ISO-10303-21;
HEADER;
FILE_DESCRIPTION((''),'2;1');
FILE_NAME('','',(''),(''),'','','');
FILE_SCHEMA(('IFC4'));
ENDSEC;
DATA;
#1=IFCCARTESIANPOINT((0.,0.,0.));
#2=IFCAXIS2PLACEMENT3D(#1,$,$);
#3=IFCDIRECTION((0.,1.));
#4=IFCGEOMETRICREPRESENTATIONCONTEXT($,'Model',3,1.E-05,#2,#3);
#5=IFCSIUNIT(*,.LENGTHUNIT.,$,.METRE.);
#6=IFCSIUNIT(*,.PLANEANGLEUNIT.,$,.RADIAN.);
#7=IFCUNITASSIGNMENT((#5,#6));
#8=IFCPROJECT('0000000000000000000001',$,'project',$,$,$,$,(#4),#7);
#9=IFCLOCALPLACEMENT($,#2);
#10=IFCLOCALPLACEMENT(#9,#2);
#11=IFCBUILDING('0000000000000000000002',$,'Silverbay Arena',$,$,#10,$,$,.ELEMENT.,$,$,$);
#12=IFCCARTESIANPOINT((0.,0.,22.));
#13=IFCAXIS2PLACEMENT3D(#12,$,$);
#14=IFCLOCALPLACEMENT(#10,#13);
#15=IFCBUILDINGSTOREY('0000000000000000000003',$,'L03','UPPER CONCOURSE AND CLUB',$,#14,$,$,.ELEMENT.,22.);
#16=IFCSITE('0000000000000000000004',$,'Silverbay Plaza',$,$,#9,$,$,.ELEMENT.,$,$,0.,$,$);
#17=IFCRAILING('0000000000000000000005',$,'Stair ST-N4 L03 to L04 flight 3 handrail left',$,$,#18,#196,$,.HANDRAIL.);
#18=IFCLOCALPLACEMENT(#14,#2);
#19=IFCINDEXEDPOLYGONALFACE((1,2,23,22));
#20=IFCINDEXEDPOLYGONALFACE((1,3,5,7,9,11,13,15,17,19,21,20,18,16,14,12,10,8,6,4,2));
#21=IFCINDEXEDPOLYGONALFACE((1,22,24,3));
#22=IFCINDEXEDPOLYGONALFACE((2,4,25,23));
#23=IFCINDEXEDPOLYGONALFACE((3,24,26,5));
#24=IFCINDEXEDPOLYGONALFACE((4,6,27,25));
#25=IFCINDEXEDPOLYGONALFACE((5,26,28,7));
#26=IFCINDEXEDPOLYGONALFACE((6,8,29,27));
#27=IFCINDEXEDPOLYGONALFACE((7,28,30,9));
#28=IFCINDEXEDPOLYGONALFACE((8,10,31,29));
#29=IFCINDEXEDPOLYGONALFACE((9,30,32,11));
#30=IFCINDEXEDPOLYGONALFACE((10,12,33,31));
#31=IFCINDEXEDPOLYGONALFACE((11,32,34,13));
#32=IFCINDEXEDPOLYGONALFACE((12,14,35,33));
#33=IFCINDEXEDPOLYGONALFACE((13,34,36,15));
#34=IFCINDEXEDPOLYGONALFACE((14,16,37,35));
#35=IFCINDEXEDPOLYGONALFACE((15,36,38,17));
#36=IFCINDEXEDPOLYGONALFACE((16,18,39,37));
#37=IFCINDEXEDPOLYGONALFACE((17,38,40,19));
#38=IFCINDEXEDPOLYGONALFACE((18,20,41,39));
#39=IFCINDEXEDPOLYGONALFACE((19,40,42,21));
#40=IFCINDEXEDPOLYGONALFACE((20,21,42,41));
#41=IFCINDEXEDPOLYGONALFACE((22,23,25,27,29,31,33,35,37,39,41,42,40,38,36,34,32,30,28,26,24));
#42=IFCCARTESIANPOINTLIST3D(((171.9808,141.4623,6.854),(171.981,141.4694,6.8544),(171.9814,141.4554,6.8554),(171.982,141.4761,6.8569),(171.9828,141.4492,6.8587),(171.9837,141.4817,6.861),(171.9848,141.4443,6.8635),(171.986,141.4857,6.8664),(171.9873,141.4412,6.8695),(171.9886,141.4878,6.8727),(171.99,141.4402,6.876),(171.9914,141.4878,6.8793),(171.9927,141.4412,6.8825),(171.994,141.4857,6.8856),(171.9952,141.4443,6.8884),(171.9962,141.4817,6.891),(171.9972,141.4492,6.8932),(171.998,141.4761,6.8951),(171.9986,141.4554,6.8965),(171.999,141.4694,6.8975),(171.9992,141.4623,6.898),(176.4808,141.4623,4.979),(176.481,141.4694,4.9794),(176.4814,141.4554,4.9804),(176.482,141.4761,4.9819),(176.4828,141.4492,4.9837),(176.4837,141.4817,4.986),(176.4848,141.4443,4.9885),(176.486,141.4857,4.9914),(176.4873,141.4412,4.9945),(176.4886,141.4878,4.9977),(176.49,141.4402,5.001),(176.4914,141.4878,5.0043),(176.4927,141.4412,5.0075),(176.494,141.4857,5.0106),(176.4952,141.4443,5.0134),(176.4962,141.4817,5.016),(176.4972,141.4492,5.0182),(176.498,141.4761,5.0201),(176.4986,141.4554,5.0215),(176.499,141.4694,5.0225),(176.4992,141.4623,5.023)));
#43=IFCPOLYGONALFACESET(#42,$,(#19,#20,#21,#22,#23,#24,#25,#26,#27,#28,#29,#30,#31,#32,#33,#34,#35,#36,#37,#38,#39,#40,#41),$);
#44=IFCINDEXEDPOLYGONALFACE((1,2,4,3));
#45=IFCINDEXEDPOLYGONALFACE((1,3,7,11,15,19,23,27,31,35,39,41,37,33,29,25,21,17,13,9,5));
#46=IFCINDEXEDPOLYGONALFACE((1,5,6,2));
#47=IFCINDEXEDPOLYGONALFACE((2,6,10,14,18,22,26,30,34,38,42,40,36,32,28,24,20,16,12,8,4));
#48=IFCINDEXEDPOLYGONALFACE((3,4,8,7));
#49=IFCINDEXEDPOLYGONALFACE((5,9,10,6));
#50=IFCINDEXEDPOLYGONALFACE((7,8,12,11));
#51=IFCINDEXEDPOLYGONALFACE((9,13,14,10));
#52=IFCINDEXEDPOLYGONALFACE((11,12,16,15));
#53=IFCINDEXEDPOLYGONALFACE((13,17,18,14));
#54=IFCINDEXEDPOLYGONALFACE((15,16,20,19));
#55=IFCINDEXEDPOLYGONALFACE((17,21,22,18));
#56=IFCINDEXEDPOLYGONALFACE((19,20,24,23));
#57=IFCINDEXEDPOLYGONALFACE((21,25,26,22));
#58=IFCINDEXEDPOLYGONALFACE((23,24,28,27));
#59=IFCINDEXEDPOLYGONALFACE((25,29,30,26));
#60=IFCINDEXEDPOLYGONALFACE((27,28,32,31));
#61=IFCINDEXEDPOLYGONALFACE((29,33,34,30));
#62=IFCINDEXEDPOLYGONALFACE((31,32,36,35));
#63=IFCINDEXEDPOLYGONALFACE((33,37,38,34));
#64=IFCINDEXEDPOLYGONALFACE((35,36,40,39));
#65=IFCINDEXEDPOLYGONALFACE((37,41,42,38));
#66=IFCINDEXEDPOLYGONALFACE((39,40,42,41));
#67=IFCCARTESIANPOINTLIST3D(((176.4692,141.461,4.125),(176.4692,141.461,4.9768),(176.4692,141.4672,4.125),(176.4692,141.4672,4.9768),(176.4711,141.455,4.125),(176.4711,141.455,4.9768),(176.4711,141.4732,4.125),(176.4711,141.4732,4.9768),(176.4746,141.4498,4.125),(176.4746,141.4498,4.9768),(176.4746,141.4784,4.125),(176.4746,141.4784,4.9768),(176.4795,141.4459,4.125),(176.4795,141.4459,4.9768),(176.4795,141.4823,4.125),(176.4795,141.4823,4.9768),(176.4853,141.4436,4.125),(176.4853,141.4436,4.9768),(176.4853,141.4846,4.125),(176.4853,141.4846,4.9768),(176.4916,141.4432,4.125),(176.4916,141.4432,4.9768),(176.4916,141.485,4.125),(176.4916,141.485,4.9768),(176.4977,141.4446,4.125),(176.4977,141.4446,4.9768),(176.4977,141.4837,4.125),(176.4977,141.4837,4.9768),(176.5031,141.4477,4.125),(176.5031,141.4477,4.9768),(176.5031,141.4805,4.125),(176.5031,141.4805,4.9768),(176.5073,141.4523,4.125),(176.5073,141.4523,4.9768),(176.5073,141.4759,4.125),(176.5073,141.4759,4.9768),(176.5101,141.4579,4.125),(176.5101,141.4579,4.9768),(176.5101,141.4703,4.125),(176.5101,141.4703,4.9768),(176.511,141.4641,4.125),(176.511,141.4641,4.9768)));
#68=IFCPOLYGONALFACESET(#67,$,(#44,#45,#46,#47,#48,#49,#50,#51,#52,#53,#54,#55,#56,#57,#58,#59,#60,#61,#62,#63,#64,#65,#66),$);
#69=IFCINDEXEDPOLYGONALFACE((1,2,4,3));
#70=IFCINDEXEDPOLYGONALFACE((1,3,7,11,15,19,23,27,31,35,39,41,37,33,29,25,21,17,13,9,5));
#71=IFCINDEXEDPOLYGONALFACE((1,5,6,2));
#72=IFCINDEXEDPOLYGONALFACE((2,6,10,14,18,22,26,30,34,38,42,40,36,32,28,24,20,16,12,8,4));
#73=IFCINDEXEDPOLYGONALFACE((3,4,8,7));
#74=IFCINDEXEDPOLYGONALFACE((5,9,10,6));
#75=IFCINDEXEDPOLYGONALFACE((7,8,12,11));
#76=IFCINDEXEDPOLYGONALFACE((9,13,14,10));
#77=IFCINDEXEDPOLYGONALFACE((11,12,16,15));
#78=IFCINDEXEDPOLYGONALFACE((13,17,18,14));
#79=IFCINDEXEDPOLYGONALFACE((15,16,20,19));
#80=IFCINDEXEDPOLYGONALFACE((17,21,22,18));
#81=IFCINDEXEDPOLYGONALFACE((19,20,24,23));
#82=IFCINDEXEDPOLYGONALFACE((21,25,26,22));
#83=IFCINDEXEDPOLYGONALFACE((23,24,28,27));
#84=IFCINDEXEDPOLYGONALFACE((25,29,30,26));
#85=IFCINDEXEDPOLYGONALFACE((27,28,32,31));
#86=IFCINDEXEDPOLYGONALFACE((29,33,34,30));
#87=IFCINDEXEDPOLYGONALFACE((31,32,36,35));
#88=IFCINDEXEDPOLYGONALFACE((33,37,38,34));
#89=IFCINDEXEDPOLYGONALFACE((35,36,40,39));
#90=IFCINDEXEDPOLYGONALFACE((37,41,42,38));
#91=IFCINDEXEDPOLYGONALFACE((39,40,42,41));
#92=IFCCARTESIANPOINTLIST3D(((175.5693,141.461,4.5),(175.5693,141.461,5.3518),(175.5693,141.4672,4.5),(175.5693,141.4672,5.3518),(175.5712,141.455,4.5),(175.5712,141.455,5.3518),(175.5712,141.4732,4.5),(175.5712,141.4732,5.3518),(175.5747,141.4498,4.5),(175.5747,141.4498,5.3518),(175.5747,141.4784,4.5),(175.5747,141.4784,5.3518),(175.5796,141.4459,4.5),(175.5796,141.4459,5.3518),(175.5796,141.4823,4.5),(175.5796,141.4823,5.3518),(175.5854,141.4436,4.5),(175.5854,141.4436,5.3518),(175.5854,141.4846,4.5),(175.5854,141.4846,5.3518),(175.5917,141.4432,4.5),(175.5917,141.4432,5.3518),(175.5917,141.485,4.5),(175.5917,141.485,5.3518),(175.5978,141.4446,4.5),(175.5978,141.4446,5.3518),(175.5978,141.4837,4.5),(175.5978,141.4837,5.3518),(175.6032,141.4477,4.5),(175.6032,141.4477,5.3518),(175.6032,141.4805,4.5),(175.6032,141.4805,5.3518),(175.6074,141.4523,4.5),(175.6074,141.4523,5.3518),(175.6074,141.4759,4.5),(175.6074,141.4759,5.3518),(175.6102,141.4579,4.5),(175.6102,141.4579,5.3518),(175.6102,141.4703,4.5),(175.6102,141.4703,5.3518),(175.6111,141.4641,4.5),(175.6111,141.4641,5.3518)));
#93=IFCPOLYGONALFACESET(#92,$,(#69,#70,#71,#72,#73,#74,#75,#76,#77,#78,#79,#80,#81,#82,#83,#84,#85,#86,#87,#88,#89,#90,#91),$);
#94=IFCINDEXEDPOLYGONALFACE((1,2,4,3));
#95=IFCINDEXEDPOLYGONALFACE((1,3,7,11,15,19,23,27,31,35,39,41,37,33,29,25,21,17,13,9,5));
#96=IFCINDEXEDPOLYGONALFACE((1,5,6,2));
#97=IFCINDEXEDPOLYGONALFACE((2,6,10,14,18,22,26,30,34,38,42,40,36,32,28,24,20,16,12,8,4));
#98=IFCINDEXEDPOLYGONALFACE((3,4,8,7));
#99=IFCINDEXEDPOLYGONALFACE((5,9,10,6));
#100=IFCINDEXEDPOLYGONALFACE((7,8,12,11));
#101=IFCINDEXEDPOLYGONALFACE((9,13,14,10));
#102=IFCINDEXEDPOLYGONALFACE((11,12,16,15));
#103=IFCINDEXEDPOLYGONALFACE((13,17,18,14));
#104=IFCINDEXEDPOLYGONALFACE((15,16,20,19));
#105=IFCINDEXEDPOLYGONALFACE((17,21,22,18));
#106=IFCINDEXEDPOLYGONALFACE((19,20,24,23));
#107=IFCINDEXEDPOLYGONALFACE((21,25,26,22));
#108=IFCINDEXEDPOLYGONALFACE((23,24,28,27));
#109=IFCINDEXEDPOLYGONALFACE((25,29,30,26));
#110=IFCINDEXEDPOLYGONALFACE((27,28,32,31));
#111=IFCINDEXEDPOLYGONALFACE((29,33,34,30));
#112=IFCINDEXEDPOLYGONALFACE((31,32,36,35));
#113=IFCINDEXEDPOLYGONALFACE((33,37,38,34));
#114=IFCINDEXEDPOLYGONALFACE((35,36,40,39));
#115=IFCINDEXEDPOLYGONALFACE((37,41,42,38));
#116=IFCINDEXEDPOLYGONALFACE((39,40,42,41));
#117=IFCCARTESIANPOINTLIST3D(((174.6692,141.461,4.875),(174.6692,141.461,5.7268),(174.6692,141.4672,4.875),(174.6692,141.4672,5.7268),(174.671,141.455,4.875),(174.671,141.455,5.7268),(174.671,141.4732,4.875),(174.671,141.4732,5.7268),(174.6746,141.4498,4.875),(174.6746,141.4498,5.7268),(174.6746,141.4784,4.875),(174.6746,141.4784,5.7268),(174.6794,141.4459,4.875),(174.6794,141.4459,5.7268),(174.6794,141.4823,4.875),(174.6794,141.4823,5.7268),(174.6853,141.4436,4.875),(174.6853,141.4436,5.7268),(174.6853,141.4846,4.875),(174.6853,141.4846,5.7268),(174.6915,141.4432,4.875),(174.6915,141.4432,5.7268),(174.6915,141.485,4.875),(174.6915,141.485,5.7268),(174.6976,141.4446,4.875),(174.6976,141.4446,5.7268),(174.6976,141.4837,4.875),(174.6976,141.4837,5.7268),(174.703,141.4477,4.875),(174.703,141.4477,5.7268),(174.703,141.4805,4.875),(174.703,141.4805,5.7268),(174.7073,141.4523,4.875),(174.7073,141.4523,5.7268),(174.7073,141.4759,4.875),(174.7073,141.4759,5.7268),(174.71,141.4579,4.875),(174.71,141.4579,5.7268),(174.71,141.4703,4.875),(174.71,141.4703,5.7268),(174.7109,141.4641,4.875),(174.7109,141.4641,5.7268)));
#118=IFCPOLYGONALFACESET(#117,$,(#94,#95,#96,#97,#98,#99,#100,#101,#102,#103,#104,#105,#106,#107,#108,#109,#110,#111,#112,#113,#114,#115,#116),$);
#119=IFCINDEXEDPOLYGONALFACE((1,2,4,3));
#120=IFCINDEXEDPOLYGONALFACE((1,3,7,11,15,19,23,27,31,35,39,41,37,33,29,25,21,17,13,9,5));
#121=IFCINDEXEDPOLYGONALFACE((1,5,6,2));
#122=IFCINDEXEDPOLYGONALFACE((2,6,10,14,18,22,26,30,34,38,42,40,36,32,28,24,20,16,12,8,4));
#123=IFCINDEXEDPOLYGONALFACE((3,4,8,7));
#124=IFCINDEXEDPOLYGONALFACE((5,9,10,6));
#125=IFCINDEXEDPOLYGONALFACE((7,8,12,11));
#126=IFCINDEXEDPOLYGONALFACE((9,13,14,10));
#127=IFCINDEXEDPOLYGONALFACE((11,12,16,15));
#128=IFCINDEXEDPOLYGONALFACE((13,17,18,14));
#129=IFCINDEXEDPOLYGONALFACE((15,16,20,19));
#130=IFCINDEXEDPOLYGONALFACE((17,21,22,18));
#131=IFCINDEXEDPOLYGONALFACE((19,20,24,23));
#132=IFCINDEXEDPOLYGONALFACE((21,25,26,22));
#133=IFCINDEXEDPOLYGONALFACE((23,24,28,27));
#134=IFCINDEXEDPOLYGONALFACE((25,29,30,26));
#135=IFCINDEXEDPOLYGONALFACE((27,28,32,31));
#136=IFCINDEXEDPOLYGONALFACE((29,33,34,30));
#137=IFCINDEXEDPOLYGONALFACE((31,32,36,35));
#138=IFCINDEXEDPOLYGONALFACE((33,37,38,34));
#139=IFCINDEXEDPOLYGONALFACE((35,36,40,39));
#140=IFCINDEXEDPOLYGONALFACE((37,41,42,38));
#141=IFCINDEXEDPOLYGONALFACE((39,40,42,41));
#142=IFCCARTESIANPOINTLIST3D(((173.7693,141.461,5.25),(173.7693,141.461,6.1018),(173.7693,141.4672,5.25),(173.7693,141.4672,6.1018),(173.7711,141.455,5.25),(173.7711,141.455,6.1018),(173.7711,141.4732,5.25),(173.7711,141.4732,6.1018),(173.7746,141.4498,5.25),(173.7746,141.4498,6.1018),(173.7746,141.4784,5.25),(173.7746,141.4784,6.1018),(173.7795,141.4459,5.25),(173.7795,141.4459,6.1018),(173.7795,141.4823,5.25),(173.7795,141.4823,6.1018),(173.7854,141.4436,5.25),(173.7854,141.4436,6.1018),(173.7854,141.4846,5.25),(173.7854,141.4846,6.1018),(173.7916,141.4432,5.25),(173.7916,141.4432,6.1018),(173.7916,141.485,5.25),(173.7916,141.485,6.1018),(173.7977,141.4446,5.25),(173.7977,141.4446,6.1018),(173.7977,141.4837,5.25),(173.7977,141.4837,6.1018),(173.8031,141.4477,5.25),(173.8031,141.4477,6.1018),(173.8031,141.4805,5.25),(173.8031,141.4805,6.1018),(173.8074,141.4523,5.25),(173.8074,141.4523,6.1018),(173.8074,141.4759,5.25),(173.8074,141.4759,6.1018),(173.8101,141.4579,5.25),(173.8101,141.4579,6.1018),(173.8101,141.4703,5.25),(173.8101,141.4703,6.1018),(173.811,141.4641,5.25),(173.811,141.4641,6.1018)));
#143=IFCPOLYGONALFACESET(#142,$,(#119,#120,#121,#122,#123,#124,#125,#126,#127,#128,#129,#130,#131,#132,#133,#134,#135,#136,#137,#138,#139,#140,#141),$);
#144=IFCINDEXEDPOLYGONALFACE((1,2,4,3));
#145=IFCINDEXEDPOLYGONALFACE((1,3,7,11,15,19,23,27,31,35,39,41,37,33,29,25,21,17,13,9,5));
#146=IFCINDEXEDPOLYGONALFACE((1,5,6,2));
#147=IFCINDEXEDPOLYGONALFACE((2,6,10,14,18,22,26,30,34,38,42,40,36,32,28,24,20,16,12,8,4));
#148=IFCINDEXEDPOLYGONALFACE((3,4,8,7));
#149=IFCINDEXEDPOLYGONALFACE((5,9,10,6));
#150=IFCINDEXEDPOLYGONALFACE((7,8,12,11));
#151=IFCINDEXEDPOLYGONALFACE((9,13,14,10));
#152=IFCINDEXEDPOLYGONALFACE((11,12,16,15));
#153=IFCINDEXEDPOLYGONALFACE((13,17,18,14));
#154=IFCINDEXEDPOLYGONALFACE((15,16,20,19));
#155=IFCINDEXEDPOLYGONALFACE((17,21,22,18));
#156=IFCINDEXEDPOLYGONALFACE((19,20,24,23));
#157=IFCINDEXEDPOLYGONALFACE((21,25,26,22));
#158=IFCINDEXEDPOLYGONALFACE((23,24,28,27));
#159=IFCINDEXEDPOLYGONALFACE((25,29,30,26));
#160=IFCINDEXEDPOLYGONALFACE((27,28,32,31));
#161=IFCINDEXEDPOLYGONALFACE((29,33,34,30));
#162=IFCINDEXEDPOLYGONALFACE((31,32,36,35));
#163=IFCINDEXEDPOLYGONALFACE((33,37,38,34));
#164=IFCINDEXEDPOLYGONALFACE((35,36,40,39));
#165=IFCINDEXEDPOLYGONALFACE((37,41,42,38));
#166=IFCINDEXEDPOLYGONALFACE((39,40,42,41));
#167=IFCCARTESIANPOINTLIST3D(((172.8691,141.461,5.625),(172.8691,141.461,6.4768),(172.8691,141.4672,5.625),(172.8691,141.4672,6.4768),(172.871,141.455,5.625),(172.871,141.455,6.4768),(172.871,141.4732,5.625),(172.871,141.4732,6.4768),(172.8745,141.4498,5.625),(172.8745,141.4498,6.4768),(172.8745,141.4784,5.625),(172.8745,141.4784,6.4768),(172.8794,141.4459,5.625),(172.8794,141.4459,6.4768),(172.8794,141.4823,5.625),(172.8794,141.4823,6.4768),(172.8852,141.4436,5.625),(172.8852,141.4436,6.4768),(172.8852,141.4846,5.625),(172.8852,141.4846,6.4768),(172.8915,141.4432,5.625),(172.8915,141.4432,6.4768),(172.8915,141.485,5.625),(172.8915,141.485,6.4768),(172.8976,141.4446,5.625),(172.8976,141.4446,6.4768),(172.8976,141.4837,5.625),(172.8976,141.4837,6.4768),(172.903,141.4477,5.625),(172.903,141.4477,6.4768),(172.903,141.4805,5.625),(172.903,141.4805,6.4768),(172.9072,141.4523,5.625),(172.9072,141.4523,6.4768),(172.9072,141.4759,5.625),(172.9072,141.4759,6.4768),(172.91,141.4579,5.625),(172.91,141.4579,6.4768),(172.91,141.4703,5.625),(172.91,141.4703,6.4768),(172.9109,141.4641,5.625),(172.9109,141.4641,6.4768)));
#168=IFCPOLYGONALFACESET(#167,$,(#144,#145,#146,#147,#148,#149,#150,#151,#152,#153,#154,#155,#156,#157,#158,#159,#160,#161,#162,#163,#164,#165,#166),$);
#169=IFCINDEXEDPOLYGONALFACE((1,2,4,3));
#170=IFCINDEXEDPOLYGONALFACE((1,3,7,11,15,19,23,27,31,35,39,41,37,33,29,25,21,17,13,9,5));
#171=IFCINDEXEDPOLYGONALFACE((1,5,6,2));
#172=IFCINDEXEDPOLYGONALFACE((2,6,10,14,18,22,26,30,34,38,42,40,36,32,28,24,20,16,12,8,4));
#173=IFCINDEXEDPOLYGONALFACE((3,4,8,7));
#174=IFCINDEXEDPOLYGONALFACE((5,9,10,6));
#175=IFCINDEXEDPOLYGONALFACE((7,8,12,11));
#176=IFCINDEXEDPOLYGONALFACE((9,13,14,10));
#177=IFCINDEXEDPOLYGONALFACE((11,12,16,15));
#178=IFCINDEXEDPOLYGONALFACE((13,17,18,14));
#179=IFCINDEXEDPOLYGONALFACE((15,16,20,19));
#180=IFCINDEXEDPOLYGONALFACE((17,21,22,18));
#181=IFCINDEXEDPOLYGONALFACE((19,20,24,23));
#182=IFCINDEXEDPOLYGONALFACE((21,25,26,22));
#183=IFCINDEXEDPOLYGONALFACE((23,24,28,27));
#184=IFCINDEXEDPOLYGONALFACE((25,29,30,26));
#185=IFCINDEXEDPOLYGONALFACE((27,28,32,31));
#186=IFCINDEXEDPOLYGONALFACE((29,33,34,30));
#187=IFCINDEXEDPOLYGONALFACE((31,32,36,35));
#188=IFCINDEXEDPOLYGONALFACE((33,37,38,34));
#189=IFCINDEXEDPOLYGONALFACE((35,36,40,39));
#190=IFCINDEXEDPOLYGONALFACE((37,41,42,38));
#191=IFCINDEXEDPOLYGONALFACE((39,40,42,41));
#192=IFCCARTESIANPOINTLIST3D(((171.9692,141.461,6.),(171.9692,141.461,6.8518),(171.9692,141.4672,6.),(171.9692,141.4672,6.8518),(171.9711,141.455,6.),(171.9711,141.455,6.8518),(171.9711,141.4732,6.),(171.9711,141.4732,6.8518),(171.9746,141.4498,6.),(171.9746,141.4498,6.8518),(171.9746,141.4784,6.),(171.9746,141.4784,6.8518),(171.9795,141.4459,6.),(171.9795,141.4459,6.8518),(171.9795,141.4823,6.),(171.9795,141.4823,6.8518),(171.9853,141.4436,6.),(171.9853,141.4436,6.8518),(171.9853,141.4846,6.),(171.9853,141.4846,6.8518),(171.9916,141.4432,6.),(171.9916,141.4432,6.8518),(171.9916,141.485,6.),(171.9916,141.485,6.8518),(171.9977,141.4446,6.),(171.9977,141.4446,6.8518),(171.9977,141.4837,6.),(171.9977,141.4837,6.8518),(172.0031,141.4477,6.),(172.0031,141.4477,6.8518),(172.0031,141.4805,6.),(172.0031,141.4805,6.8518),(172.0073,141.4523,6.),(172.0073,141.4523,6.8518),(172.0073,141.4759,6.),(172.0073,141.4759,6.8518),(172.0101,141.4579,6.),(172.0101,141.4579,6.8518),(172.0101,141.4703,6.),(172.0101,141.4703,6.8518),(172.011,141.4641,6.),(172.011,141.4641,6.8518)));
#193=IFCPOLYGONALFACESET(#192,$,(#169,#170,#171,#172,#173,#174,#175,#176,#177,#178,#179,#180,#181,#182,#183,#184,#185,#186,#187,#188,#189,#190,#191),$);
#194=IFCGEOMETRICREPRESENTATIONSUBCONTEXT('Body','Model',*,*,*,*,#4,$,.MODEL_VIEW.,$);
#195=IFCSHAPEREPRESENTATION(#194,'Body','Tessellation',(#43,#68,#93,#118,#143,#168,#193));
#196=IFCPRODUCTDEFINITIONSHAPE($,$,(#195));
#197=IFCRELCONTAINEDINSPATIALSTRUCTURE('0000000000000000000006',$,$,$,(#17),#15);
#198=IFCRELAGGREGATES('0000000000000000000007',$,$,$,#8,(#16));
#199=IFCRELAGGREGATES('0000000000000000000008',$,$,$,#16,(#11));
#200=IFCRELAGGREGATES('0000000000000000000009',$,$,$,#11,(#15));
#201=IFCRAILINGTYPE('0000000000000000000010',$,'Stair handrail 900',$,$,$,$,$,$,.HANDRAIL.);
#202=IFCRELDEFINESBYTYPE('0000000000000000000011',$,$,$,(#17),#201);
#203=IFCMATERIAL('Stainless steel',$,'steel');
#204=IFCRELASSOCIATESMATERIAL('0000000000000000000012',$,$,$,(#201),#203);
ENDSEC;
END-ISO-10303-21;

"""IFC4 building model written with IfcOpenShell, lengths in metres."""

from ifc_helpers import new_model, si_unit, direction, frame, origin, origin_2d, place, context, subcontext, project, spatial, circle, extrude, material, type_object, element, save


model = new_model("IFC4")

# Units and contexts
model_context = context("Model", 3, precision=1e-05, world=origin(), true_north=direction((0.0, 1.0)))
body_context = subcontext(model_context, "Body", "Model", "MODEL_VIEW")
ifc_project = project(units=[si_unit("LENGTHUNIT", "METRE"), si_unit("PLANEANGLEUNIT", "RADIAN")], contexts=[model_context])

# Site, building, storey
site_placement = place(None, origin())
site = spatial("IfcSite", under=ifc_project, at=site_placement, Name="Silverbay Plaza", CompositionType="ELEMENT", RefElevation=0.0)
building_placement = place(site_placement, origin())
building = spatial("IfcBuilding", under=site, at=building_placement, Name="Silverbay Arena", CompositionType="ELEMENT")
storey_placement = place(building_placement, frame((0.0, 0.0, 22.0)))
storey = spatial("IfcBuildingStorey", under=building, at=storey_placement, Name="L03", Description="UPPER CONCOURSE AND CLUB", CompositionType="ELEMENT", Elevation=22.0)

# Railing
ifc_material_1 = material(Name="Stainless steel", Category="steel")
railing_type_1 = type_object("IfcRailingType", Name="Stair handrail 900", PredefinedType="HANDRAIL", material=ifc_material_1)
for number, where, name in (
    (1, (176.49, 141.4641, 4.125), "Stair ST-N4 L03 to L04 flight 3 handrail left"),
):
    element("IfcRailing", number, at=place(storey_placement, frame(where)), inside=storey, type_object=railing_type_1, Name=name, PredefinedType="HANDRAIL", context=body_context, shape_type="SweptSolid", body=[
        extrude(circle(Radius=0.0239, at=origin_2d()), frame((0.0, 0.0, 0.876), z_axis=(-0.923077, 0.0, 0.384615), x_axis=(0.0, -1.0, 0.0)), (0.0, 0.0, 1.0), 4.875),
        extrude(circle(Radius=0.021, at=origin_2d()), origin(), (0.0, 0.0, 1.0), 0.8518),
        extrude(circle(Radius=0.021, at=origin_2d()), frame((-0.8999, 0.0, 0.375)), (0.0, 0.0, 1.0), 0.8518),
        extrude(circle(Radius=0.021, at=origin_2d()), frame((-1.8, 0.0, 0.75)), (0.0, 0.0, 1.0), 0.8518),
        extrude(circle(Radius=0.021, at=origin_2d()), frame((-2.7, 0.0, 1.125)), (0.0, 0.0, 1.0), 0.8518),
        extrude(circle(Radius=0.021, at=origin_2d()), frame((-3.6001, 0.0, 1.5)), (0.0, 0.0, 1.0), 0.8518),
        extrude(circle(Radius=0.021, at=origin_2d()), frame((-4.5, 0.0, 1.875)), (0.0, 0.0, 1.0), 0.8518),
    ])

save(model, "model.ifc")
